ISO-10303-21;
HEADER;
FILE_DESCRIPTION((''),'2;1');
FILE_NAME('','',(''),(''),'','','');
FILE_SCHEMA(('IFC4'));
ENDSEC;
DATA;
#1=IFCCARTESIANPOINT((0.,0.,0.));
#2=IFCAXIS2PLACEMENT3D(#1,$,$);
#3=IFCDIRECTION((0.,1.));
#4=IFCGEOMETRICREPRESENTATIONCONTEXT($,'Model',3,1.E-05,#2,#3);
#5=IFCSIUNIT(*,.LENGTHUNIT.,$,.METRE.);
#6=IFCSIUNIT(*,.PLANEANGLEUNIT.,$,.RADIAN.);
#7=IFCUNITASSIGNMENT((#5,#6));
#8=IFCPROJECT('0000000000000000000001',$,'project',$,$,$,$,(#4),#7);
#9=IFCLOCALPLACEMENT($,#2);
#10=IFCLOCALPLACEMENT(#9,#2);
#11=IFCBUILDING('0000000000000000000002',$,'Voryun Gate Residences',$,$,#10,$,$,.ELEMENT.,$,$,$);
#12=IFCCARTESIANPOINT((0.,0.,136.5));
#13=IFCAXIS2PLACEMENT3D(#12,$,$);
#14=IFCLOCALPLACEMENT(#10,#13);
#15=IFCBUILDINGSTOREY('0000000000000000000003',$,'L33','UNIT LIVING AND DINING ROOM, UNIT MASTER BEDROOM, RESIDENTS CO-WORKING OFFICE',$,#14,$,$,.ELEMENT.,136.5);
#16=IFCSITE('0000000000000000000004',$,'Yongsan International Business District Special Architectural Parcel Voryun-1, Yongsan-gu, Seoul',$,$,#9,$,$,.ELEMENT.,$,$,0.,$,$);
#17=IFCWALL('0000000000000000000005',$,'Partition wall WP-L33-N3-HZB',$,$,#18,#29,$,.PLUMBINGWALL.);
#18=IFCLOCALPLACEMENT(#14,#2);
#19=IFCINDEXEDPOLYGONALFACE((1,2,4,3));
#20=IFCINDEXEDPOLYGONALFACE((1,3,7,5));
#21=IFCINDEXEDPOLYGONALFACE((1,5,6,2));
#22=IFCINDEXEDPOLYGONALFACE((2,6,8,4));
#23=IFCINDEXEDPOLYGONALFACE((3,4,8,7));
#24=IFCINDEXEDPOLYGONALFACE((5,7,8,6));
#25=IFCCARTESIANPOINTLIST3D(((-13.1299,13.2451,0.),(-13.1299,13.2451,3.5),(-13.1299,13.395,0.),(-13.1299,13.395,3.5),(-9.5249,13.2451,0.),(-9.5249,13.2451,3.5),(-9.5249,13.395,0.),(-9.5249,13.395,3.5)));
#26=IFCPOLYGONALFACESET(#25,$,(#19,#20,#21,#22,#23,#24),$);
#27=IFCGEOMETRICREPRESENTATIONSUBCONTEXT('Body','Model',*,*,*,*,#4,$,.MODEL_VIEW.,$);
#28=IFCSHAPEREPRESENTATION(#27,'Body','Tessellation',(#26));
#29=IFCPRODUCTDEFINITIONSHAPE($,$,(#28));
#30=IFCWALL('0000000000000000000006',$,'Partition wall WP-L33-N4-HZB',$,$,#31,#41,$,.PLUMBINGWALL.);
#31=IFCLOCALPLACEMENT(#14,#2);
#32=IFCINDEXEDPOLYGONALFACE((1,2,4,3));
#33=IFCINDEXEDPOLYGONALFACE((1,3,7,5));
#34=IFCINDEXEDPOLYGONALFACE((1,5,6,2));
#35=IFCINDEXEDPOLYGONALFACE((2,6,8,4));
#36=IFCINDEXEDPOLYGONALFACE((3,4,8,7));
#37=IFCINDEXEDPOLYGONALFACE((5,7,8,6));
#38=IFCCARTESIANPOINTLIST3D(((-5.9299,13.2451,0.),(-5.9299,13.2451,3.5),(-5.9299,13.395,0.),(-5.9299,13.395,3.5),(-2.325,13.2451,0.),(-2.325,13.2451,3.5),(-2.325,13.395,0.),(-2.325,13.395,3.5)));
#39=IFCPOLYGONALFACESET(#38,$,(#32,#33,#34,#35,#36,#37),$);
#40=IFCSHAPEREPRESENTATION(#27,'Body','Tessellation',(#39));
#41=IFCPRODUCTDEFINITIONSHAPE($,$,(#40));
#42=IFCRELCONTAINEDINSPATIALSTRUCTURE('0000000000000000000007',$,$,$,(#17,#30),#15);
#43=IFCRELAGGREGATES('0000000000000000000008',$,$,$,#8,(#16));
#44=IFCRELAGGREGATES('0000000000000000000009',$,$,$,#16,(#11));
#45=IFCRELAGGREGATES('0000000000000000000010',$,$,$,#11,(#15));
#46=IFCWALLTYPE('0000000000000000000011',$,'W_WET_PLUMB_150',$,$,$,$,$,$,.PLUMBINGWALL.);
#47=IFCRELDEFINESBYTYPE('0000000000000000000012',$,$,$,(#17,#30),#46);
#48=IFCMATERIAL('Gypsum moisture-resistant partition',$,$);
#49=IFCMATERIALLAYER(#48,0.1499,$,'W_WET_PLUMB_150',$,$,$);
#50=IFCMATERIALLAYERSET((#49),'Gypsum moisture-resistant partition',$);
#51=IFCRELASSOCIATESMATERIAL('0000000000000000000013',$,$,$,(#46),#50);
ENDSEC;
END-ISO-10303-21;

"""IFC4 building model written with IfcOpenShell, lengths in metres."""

from ifc_helpers import new_model, si_unit, direction, frame, frame_2d, origin, place, context, subcontext, project, spatial, rectangle, extrude, material, layer, layer_set, type_object, element, save


model = new_model("IFC4")

# Units and contexts
model_context = context("Model", 3, precision=1e-05, world=origin(), true_north=direction((0.0, 1.0)))
body_context = subcontext(model_context, "Body", "Model", "MODEL_VIEW")
ifc_project = project(units=[si_unit("LENGTHUNIT", "METRE"), si_unit("PLANEANGLEUNIT", "RADIAN")], contexts=[model_context])

# Site, building, storey
site_placement = place(None, origin())
site = spatial("IfcSite", under=ifc_project, at=site_placement, Name="Yongsan International Business District Special Architectural Parcel Voryun-1, Yongsan-gu, Seoul", CompositionType="ELEMENT", RefElevation=0.0)
building_placement = place(site_placement, origin())
building = spatial("IfcBuilding", under=site, at=building_placement, Name="Voryun Gate Residences", CompositionType="ELEMENT")
storey_placement = place(building_placement, frame((0.0, 0.0, 136.5)))
storey = spatial("IfcBuildingStorey", under=building, at=storey_placement, Name="L33", Description="UNIT LIVING AND DINING ROOM, UNIT MASTER BEDROOM, RESIDENTS CO-WORKING OFFICE", CompositionType="ELEMENT", Elevation=136.5)

# Walls
ifc_material_1 = material(Name="Gypsum moisture-resistant partition")
ifc_layer_1 = layer(ifc_material_1, 0.1499, Name="W_WET_PLUMB_150")
ifc_layer_set_1 = layer_set([ifc_layer_1], Name="Gypsum moisture-resistant partition")
wall_type_1 = type_object("IfcWallType", Name="W_WET_PLUMB_150", PredefinedType="PLUMBINGWALL", material=ifc_layer_set_1)
for number, where, z_axis, x_axis, name in (
    (1, (-13.1299, 13.3201, 0.0), (0.0, 0.0, 1.0), (1.0, 0.0, 0.0), "Partition wall WP-L33-N3-HZB"),
    (2, (-5.9299, 13.3201, 0.0), (0.0, 0.0, 1.0), (1.0, 0.0, 0.0), "Partition wall WP-L33-N4-HZB"),
):
    element("IfcWall", number, at=place(storey_placement, frame(where, z_axis=z_axis, x_axis=x_axis)), inside=storey, type_object=wall_type_1, Name=name, PredefinedType="PLUMBINGWALL", context=body_context, shape_type="SweptSolid", body=[
        extrude(rectangle(XDim=3.605, YDim=0.1499, at=frame_2d((1.8025, 0.0))), origin(), (0.0, 0.0, 1.0), 3.5),
    ])

save(model, "model.ifc")
